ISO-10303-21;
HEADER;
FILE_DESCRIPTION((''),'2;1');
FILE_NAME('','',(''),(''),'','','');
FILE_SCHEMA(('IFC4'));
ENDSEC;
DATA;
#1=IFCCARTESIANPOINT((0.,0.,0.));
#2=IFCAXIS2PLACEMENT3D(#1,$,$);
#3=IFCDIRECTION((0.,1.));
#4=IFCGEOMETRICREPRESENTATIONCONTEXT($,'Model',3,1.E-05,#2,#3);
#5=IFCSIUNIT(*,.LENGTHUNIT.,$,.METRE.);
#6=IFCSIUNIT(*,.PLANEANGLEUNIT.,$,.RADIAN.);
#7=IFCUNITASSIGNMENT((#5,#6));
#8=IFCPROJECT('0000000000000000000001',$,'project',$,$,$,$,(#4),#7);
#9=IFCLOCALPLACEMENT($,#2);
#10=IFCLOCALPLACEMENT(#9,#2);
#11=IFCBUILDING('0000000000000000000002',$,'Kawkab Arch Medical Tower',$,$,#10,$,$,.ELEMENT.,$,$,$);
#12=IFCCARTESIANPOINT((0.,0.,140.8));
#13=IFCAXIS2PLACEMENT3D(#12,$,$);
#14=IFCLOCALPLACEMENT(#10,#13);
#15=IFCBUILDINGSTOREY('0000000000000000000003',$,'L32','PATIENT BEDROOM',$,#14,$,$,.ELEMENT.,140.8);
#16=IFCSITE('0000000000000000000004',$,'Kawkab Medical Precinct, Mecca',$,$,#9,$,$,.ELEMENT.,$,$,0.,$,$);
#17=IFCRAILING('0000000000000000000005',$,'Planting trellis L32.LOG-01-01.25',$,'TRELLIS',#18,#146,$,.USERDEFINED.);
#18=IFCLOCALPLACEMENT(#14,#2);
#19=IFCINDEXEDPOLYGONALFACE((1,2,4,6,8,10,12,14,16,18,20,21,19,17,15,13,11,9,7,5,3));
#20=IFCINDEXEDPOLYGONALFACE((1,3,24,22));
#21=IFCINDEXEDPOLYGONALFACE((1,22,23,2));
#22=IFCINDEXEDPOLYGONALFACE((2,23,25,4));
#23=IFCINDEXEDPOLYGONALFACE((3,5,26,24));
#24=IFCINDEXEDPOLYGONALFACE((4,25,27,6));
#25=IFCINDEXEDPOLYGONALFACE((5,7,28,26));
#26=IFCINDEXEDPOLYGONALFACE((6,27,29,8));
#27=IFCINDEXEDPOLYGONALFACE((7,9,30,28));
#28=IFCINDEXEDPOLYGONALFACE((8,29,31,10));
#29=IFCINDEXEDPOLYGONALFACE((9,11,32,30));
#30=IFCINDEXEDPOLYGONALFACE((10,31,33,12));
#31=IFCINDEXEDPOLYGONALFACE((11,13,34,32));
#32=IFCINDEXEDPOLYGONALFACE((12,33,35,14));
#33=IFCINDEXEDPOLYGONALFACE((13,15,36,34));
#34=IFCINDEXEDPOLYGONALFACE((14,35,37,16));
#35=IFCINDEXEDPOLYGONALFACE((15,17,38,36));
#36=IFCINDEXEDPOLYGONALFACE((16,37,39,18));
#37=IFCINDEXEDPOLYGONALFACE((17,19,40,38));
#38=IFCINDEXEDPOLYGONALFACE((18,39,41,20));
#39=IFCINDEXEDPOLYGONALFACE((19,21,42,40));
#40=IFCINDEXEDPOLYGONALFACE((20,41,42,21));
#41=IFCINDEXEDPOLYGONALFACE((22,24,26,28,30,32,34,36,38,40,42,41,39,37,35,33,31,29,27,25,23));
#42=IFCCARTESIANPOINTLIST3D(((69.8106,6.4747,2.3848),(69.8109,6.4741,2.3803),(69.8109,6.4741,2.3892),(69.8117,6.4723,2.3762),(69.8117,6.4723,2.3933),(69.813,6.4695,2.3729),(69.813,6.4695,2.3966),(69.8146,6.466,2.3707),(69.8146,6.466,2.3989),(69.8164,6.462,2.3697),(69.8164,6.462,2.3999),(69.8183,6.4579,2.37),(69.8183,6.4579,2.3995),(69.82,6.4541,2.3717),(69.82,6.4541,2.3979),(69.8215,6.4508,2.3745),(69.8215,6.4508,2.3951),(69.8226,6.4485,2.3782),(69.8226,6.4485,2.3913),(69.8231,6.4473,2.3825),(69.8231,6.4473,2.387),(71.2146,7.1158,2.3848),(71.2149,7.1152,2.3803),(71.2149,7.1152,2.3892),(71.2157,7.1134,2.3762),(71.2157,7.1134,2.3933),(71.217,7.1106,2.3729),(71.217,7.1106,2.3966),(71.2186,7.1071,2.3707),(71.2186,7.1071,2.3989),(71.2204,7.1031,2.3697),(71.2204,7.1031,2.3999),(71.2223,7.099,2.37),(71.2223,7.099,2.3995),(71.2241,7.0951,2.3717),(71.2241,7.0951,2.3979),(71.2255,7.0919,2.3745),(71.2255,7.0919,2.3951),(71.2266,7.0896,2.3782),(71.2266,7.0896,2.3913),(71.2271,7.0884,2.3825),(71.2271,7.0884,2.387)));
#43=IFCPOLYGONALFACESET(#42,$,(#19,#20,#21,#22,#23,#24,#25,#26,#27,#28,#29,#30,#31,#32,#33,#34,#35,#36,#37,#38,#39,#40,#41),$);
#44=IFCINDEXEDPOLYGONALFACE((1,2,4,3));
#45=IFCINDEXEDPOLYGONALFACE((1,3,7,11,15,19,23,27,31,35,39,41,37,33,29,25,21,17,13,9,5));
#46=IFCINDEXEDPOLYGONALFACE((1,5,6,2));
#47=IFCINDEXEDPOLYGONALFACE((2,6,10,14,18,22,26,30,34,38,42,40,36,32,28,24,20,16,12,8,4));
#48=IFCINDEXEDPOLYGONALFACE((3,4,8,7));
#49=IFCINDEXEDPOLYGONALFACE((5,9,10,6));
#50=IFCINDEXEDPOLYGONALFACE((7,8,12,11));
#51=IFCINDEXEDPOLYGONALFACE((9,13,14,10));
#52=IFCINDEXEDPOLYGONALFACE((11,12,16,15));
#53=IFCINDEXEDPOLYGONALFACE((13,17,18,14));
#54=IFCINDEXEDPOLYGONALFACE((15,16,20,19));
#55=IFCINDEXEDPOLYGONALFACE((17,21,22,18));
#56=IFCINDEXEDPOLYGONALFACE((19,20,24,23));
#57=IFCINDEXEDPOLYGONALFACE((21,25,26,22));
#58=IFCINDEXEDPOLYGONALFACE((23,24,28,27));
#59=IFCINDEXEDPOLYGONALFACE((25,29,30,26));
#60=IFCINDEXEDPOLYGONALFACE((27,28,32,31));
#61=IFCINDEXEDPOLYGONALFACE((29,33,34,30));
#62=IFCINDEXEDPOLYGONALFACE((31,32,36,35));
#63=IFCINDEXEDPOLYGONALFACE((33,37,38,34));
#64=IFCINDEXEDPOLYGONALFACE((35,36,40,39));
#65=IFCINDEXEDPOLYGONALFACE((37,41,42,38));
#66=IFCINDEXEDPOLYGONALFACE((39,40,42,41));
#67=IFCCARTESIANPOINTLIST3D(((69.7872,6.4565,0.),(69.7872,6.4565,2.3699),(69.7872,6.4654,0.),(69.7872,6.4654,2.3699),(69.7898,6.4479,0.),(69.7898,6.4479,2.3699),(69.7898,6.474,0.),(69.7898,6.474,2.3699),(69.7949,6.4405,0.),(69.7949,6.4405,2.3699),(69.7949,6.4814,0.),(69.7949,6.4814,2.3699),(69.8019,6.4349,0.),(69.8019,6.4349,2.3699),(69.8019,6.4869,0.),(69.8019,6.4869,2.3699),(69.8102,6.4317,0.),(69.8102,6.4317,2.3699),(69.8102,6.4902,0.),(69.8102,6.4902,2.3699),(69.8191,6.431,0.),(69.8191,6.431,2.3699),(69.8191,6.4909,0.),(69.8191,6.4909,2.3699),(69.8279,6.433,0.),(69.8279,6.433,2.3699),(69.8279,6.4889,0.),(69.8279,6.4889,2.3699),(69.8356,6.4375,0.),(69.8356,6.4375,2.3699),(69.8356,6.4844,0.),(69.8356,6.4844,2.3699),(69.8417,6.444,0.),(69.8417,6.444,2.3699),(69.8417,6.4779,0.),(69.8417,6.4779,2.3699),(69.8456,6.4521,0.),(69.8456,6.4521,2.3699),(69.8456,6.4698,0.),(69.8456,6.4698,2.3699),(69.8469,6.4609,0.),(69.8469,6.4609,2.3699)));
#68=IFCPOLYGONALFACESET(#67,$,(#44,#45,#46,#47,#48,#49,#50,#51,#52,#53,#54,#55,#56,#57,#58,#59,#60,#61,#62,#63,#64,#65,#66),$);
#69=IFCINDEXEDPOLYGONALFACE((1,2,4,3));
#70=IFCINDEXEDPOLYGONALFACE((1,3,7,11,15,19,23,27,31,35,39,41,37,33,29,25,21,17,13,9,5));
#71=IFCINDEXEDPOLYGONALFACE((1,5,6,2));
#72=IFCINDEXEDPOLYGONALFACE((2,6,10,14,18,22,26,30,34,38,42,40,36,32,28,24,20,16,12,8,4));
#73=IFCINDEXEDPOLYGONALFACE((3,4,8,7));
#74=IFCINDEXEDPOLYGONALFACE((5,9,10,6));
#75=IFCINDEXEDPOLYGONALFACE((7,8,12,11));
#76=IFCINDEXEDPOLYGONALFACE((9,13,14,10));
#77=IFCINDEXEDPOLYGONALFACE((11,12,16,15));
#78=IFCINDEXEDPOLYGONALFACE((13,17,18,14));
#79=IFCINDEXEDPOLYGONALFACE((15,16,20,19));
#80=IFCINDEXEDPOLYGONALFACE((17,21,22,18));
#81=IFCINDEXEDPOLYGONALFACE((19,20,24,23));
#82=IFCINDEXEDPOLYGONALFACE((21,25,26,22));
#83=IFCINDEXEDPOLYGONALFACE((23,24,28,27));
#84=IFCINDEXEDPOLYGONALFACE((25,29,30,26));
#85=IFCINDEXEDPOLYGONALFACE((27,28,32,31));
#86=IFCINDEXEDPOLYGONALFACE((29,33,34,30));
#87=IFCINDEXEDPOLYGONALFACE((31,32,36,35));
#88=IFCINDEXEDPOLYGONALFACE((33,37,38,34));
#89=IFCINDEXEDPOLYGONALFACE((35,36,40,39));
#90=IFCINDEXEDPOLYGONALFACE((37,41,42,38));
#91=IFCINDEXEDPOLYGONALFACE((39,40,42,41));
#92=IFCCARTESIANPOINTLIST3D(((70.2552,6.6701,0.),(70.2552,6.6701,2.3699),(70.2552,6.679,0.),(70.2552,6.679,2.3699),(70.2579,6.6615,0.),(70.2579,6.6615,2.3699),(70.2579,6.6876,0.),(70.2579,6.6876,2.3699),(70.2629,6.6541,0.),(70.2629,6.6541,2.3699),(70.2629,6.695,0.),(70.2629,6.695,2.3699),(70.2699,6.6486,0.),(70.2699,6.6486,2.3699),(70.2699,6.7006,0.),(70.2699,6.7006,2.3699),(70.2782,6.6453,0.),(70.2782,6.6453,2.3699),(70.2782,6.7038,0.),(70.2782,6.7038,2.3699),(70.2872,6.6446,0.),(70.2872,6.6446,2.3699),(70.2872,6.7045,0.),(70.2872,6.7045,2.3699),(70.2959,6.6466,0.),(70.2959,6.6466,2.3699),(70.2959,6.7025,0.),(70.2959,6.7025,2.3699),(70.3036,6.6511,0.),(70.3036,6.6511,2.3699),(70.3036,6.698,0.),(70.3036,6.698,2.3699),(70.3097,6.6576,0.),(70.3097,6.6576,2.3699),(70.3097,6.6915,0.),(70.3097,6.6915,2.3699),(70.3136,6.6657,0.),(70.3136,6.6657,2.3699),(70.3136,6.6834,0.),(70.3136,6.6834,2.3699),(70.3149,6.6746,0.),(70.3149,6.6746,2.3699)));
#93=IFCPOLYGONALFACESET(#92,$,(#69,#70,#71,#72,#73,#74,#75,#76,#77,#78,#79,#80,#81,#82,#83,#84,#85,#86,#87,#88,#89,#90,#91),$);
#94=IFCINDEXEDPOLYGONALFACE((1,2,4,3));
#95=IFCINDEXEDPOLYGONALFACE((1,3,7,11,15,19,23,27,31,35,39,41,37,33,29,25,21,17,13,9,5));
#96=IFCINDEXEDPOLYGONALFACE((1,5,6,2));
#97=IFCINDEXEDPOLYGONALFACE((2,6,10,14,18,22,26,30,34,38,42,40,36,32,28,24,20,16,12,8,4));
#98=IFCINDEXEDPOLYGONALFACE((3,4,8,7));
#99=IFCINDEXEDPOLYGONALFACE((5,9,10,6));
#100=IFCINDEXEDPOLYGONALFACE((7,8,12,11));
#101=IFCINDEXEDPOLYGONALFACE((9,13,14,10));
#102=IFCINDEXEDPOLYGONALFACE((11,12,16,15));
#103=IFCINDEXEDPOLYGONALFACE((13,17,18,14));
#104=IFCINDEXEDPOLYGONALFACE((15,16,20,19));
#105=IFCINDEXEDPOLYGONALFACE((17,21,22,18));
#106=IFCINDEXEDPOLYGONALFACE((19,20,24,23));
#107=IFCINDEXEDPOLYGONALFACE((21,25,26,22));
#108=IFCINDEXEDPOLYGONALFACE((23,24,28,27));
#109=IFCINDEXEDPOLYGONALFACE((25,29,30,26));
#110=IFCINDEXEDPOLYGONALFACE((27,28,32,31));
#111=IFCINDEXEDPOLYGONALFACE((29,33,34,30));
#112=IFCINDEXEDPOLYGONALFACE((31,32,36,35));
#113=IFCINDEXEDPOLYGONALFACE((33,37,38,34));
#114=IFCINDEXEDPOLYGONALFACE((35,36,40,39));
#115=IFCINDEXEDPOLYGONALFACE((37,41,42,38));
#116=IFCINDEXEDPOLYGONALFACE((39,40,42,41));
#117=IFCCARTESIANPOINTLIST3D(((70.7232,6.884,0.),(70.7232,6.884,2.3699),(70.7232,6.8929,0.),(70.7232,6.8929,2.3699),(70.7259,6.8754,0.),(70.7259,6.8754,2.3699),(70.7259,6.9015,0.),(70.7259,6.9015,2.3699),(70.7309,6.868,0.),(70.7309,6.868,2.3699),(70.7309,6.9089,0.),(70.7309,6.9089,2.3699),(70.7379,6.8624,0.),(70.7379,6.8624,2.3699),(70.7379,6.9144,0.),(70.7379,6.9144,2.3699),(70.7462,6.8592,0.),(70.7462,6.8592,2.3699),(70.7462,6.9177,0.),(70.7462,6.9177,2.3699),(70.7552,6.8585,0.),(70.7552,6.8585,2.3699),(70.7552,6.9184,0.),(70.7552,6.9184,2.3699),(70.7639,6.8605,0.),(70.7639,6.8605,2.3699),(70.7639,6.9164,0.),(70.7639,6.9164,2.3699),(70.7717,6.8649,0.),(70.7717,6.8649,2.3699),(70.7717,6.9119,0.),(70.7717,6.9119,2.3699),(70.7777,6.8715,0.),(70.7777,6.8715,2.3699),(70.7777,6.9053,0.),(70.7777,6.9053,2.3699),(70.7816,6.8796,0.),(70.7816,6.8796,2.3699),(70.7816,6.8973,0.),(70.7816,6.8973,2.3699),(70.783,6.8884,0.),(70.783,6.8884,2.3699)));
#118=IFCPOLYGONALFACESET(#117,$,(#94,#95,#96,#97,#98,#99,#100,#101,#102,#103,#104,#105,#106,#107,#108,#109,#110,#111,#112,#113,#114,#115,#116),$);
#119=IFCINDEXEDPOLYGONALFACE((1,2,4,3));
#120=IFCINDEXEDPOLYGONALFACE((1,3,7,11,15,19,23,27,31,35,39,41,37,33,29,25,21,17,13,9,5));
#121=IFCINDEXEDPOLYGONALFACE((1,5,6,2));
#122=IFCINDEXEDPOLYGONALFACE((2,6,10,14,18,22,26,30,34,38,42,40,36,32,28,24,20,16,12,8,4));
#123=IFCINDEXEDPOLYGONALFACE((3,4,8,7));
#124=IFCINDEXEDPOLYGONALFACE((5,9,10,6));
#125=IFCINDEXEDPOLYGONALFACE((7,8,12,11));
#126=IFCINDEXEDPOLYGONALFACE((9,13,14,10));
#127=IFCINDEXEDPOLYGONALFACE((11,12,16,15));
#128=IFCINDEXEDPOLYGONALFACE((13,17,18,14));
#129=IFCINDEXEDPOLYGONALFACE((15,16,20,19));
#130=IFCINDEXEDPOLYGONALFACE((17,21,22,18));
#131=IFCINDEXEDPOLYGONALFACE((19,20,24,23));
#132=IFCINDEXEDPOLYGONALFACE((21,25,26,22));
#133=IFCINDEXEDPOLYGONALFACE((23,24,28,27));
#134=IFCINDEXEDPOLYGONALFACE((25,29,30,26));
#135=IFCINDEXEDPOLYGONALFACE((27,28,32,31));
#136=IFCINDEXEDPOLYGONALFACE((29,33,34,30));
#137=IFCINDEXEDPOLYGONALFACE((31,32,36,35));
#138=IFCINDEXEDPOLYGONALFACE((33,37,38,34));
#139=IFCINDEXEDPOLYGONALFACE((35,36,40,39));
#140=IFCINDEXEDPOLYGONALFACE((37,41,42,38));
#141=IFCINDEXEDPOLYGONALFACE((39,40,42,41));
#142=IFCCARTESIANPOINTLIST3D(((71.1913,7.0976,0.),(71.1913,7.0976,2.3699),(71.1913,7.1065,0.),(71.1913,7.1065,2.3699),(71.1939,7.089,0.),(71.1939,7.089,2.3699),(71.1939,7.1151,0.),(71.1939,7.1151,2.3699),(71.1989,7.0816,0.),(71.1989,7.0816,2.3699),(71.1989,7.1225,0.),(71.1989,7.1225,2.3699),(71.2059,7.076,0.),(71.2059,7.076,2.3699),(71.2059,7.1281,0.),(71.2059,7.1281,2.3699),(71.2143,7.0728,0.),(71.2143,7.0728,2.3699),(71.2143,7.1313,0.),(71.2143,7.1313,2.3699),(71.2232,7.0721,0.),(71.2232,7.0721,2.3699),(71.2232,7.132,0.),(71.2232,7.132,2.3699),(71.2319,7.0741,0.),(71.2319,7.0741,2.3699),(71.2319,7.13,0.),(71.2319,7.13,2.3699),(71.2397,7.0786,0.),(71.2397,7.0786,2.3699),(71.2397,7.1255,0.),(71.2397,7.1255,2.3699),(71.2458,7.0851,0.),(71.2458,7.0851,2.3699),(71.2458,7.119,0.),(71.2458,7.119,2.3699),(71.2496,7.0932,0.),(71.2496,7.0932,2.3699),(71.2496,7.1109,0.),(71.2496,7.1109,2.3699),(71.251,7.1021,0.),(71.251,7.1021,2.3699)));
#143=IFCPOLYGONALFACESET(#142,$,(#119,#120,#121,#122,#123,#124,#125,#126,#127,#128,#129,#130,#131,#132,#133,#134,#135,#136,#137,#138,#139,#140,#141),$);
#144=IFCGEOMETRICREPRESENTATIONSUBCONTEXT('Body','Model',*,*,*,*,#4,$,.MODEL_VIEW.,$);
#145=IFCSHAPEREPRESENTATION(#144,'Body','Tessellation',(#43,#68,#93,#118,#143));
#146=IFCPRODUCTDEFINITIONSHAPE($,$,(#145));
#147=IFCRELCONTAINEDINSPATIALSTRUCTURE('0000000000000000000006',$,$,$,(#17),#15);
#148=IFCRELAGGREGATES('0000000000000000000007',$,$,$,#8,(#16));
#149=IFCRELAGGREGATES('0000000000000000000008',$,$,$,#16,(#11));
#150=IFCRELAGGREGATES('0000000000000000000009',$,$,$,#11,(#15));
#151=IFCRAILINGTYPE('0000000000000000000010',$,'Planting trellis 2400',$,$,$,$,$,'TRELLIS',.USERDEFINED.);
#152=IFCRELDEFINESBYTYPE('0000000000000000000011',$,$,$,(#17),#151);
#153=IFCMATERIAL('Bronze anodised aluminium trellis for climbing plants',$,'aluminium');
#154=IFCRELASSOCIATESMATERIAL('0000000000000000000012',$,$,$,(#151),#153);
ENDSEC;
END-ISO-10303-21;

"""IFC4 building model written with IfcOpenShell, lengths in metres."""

from ifc_helpers import new_model, si_unit, direction, frame, origin, origin_2d, place, context, subcontext, project, spatial, circle, extrude, material, type_object, element, save


model = new_model("IFC4")

# Units and contexts
model_context = context("Model", 3, precision=1e-05, world=origin(), true_north=direction((0.0, 1.0)))
body_context = subcontext(model_context, "Body", "Model", "MODEL_VIEW")
ifc_project = project(units=[si_unit("LENGTHUNIT", "METRE"), si_unit("PLANEANGLEUNIT", "RADIAN")], contexts=[model_context])

# Site, building, storey
site_placement = place(None, origin())
site = spatial("IfcSite", under=ifc_project, at=site_placement, Name="Kawkab Medical Precinct, Mecca", CompositionType="ELEMENT", RefElevation=0.0)
building_placement = place(site_placement, origin())
building = spatial("IfcBuilding", under=site, at=building_placement, Name="Kawkab Arch Medical Tower", CompositionType="ELEMENT")
storey_placement = place(building_placement, frame((0.0, 0.0, 140.8)))
storey = spatial("IfcBuildingStorey", under=building, at=storey_placement, Name="L32", Description="PATIENT BEDROOM", CompositionType="ELEMENT", Elevation=140.8)

# Railing
ifc_material_1 = material(Name="Bronze anodised aluminium trellis for climbing plants", Category="aluminium")
railing_type = type_object("IfcRailingType", Name="Planting trellis 2400", ElementType="TRELLIS", PredefinedType="USERDEFINED", material=ifc_material_1)
railing_1_placement = place(storey_placement, frame((69.8169, 6.4609, 0.0)))
element("IfcRailing", 1, at=railing_1_placement, inside=storey, type_object=railing_type, Name="Planting trellis L32.LOG-01-01.25", ObjectType="TRELLIS", PredefinedType="USERDEFINED", context=body_context, shape_type="SweptSolid", body=[
    extrude(circle(Radius=0.0151, at=origin_2d()), frame((0.0, 0.0, 2.3848), z_axis=(0.909656, 0.415363, 0.0), x_axis=(-0.415363, 0.909656, 0.0)), (0.0, 0.0, 1.0), 1.5435),
    extrude(circle(Radius=0.03, at=origin_2d()), origin(), (0.0, 0.0, 1.0), 2.3699),
    extrude(circle(Radius=0.03, at=origin_2d()), frame((0.468, 0.2136, 0.0)), (0.0, 0.0, 1.0), 2.3699),
    extrude(circle(Radius=0.03, at=origin_2d()), frame((0.936, 0.4275, 0.0)), (0.0, 0.0, 1.0), 2.3699),
    extrude(circle(Radius=0.03, at=origin_2d()), frame((1.4041, 0.6411, 0.0)), (0.0, 0.0, 1.0), 2.3699),
])

save(model, "model.ifc")
